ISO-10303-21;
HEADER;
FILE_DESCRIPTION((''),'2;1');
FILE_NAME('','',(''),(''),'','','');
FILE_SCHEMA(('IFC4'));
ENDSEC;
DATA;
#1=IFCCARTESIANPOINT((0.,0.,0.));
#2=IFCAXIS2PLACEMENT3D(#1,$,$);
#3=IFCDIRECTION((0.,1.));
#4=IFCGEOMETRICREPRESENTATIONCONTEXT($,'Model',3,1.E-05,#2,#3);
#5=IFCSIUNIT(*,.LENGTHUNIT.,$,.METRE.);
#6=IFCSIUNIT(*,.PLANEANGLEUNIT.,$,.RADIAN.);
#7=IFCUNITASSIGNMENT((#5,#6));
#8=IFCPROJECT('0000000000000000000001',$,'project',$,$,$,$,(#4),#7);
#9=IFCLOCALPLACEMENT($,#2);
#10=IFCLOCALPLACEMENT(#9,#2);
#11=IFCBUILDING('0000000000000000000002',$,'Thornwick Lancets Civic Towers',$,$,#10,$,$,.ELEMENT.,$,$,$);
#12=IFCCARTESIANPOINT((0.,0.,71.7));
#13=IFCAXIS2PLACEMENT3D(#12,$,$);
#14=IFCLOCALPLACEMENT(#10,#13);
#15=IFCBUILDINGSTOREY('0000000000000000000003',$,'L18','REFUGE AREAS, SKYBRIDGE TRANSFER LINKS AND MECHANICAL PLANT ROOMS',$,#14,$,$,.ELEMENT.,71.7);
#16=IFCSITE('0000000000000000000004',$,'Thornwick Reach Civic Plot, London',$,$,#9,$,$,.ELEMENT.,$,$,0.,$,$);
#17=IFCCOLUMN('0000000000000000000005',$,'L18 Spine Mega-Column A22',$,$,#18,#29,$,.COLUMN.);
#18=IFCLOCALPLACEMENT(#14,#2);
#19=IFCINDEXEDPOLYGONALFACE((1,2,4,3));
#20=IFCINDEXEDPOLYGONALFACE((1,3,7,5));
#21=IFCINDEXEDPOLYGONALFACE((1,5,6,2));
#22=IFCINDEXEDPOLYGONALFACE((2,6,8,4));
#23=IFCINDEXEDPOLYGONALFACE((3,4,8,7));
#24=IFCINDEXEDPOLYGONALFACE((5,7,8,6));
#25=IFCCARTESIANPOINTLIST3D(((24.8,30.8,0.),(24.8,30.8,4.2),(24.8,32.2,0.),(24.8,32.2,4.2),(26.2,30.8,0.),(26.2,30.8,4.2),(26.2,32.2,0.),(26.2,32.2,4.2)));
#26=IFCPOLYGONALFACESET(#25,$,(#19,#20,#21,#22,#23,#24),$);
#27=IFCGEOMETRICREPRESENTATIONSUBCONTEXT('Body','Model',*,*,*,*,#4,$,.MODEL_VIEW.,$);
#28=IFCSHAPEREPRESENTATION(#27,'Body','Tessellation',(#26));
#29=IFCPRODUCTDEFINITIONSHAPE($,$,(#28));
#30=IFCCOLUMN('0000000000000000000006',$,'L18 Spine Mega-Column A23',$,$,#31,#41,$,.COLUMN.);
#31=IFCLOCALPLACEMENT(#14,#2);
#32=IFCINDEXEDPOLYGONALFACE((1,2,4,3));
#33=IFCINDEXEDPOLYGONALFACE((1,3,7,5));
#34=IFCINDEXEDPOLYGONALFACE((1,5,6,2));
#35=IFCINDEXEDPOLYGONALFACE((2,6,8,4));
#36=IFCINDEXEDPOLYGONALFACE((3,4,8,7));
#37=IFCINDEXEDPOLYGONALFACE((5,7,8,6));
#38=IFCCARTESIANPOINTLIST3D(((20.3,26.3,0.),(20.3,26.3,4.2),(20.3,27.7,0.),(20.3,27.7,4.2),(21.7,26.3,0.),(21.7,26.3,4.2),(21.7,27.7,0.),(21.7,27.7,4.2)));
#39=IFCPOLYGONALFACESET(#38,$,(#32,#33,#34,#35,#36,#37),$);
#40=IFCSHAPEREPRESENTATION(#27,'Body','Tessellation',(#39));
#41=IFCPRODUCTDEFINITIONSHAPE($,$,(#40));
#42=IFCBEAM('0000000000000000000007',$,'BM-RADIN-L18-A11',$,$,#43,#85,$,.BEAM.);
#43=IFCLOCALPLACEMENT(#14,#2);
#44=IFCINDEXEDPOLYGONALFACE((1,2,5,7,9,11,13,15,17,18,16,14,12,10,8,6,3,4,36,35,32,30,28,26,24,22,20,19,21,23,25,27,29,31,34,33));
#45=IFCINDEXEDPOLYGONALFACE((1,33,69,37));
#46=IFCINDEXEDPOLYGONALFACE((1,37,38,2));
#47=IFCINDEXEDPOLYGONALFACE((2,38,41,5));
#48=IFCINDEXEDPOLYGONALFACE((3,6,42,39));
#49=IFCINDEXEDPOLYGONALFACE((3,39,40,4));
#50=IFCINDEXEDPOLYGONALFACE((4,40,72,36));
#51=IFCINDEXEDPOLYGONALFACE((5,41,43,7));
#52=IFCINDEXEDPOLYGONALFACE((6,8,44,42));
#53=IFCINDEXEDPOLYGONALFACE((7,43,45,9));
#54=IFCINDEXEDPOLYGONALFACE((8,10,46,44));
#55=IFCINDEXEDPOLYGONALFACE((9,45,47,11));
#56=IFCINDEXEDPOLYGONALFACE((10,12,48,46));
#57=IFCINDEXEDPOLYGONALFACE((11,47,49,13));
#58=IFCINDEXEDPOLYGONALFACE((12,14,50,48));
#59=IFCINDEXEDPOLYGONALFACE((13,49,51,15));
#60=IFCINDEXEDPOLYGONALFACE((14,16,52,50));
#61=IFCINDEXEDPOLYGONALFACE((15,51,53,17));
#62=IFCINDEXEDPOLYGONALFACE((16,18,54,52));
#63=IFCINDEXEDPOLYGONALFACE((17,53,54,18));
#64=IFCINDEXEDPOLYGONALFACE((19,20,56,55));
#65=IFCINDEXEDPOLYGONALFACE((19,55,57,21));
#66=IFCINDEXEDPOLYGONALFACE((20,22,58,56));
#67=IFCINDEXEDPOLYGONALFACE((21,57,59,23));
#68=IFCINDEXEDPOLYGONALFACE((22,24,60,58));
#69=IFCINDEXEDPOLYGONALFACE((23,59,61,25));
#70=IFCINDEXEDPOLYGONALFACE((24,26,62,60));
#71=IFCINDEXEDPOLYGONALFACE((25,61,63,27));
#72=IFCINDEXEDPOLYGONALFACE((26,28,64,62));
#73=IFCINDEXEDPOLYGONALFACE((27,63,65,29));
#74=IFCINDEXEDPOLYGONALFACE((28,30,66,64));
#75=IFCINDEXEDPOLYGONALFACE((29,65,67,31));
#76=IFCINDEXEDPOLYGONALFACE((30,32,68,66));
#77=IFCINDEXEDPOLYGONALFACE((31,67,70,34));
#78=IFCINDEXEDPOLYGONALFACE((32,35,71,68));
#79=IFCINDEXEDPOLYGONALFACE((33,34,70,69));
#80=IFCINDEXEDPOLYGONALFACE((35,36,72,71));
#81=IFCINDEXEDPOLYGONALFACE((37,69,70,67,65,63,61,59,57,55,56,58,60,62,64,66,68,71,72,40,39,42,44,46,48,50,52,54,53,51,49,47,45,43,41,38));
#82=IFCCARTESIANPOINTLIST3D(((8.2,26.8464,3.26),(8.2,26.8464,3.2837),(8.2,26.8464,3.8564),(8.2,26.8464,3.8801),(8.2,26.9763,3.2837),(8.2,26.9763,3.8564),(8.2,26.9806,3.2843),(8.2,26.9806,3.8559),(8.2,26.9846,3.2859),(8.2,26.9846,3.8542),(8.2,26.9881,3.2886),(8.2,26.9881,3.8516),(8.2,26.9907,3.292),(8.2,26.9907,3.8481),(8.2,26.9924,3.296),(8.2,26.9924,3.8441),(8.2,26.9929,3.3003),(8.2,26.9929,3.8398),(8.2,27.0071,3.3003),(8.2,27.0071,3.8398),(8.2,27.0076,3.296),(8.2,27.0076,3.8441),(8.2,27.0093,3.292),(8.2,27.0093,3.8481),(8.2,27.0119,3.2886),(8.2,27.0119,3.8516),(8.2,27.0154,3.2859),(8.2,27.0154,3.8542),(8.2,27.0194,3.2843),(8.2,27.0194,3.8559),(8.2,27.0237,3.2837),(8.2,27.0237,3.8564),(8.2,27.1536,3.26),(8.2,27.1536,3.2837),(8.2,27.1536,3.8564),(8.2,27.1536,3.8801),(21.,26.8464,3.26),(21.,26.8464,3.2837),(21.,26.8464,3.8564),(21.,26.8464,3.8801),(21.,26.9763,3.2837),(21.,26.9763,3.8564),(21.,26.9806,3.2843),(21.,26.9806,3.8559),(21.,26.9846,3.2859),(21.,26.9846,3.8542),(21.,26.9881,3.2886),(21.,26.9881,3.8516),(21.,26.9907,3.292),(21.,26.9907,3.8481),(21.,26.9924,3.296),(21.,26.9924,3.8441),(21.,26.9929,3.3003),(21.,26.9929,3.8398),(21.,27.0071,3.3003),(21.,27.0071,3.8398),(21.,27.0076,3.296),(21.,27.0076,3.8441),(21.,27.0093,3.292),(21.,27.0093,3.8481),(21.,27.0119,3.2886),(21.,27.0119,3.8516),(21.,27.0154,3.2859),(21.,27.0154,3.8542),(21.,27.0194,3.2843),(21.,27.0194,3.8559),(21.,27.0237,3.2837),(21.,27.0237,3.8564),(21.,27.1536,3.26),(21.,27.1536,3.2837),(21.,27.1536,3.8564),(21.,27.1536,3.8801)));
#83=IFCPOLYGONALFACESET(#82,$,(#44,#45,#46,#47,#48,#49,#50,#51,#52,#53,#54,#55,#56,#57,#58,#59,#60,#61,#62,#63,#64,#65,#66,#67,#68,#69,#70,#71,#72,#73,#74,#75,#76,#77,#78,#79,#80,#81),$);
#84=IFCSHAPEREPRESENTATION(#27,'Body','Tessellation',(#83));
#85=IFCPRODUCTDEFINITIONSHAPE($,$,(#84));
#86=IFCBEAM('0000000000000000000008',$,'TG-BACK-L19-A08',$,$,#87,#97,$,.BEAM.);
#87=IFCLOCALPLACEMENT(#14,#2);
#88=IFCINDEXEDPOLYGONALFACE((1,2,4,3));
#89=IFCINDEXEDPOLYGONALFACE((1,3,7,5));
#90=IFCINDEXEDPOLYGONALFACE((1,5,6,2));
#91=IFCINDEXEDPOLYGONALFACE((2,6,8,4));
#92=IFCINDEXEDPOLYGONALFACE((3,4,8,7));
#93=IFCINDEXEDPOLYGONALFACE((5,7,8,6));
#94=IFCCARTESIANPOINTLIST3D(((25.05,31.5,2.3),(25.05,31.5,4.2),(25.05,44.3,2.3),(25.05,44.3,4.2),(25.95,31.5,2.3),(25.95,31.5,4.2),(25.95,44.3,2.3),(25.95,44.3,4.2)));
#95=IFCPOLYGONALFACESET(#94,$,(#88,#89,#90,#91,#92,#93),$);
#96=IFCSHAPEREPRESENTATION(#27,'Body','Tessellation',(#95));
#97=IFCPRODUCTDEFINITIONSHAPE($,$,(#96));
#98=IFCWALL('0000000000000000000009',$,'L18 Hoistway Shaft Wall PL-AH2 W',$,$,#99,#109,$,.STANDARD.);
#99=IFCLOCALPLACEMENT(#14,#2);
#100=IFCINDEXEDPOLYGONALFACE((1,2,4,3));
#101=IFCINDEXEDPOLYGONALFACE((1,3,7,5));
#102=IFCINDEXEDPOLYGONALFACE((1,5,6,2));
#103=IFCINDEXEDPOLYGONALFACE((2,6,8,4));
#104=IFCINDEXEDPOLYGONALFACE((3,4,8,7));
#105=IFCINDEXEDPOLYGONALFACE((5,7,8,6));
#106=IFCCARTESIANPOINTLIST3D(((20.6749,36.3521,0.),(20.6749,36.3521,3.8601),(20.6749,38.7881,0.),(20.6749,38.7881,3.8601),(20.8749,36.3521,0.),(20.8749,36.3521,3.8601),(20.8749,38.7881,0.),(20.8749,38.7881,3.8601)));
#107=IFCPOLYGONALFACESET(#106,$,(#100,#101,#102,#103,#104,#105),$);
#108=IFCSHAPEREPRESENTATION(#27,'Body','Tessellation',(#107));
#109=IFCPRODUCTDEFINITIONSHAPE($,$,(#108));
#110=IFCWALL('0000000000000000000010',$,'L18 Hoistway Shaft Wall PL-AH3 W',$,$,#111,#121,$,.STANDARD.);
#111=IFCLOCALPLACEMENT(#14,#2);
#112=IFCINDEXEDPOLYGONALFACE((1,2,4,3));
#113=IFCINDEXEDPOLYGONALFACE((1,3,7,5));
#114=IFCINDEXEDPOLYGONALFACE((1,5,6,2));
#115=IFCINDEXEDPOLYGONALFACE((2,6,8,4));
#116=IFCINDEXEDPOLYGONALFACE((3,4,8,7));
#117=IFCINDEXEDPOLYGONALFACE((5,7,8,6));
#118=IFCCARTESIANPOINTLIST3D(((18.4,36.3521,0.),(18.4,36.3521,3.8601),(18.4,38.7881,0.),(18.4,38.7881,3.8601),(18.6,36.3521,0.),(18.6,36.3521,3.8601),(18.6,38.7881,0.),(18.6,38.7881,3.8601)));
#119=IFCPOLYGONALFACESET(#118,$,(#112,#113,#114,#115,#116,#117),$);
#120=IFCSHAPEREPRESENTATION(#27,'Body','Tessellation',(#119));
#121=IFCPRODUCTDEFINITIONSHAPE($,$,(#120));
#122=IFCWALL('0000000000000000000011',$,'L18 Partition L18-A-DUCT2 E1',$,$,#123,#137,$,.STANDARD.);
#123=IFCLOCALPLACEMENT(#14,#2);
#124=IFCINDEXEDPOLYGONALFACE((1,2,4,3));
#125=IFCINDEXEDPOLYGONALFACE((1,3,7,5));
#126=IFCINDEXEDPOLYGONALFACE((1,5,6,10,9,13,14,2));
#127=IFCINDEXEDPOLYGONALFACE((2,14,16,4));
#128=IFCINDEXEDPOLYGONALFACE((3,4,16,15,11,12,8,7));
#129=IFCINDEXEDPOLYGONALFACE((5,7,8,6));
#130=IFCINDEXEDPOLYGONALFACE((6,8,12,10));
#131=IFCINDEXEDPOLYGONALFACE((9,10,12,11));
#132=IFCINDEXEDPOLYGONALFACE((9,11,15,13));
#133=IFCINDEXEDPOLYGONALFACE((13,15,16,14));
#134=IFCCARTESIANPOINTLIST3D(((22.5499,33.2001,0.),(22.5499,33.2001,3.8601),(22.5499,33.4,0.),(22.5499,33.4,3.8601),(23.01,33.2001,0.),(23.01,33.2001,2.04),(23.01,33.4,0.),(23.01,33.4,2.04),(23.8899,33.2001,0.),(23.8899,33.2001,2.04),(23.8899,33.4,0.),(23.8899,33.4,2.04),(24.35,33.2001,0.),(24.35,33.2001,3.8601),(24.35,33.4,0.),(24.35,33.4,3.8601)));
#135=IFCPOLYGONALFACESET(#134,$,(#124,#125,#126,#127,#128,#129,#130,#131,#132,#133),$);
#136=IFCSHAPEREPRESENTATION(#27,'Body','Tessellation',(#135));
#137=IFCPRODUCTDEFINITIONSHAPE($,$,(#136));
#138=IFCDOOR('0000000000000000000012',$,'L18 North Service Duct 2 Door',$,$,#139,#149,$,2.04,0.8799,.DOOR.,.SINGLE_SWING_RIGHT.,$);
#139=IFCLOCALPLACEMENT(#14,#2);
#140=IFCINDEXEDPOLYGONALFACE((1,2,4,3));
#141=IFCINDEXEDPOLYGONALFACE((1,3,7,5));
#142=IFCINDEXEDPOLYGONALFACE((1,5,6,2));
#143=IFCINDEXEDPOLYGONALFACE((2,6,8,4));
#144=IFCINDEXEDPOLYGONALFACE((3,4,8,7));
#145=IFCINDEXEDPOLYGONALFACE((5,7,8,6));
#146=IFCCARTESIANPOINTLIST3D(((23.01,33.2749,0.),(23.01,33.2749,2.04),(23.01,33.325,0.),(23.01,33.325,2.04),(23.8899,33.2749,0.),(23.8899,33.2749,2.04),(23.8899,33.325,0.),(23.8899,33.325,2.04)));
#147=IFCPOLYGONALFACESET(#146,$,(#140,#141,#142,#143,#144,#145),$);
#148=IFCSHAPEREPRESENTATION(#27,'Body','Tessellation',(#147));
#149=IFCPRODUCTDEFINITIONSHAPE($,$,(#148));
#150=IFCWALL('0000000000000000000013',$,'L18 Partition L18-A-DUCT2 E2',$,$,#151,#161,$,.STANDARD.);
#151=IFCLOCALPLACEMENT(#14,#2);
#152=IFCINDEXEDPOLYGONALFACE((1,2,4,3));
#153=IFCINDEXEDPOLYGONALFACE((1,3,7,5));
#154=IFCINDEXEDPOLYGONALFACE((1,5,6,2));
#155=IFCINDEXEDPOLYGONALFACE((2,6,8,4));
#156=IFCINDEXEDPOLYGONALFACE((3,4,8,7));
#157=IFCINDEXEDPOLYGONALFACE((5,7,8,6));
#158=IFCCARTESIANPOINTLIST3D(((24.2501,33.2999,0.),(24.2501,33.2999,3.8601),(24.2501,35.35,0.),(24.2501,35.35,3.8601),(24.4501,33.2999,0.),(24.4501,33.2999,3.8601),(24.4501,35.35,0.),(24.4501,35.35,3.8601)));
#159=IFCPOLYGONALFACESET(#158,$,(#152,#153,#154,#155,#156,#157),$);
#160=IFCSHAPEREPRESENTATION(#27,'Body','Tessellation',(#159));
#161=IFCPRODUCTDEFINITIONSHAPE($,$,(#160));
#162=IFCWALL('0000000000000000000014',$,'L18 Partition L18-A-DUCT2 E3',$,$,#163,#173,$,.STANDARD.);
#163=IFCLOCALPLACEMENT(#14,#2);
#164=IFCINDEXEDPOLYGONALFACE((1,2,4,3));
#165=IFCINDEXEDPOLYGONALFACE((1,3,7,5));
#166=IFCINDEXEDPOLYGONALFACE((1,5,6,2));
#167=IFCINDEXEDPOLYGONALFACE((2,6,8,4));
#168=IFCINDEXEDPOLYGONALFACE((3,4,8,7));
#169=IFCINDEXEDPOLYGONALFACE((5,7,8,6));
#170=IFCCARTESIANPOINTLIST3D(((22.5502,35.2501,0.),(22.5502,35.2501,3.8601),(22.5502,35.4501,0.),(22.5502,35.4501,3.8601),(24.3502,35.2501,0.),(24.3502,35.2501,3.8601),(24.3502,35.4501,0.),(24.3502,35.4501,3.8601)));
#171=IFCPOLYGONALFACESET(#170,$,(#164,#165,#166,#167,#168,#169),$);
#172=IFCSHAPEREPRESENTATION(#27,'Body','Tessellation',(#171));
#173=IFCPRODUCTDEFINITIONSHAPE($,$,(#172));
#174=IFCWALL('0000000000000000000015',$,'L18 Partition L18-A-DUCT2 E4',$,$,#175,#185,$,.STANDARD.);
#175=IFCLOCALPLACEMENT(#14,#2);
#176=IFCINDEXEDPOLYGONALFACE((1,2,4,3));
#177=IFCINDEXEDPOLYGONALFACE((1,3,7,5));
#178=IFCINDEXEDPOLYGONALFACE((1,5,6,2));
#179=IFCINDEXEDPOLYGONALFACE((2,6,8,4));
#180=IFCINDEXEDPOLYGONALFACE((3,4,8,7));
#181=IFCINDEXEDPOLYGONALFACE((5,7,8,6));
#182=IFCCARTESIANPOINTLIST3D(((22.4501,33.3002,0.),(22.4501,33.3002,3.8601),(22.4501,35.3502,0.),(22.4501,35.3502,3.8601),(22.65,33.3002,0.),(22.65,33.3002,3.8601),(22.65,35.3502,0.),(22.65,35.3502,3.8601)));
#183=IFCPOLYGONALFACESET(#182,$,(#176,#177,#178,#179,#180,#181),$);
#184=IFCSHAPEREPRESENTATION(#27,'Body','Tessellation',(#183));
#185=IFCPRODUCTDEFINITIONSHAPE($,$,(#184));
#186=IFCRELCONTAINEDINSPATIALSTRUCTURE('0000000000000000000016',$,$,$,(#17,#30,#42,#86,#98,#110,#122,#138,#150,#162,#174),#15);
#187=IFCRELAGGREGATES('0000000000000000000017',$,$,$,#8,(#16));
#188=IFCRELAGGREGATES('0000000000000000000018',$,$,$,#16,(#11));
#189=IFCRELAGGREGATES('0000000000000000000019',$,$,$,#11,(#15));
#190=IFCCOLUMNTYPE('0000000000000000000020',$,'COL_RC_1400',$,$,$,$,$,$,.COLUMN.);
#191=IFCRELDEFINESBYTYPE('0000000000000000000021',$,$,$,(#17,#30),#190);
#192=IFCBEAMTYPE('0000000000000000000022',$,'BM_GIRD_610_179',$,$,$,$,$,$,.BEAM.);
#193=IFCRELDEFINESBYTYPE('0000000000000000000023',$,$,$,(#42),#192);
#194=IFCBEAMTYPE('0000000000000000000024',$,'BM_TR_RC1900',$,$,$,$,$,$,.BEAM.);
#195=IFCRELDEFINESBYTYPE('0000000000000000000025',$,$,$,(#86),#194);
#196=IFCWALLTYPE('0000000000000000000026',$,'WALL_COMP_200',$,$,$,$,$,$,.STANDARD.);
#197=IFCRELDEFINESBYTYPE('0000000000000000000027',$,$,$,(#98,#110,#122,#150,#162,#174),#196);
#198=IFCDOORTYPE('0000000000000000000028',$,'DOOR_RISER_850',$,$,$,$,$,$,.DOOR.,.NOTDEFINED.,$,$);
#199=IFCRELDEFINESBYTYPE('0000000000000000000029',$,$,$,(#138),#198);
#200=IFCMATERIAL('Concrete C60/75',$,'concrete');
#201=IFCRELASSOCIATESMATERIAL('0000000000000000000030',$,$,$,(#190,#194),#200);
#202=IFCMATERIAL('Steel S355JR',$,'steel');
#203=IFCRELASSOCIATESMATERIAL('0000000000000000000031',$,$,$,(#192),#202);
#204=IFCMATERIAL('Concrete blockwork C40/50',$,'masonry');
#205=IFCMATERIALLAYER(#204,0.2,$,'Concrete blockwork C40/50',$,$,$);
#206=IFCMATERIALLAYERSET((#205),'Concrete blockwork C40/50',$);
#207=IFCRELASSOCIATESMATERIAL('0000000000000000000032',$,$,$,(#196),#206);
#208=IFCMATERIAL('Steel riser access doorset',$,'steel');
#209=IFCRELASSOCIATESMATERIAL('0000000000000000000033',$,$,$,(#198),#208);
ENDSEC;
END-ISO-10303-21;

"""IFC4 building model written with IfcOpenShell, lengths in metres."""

from ifc_helpers import new_model, si_unit, direction, frame, frame_2d, origin, origin_2d, place, context, subcontext, project, spatial, rectangle, i_section, extrude, material, layer, layer_set, material_profile, profile_set, type_object, element, fill, save


model = new_model("IFC4")

# Units and contexts
model_context = context("Model", 3, precision=1e-05, world=origin(), true_north=direction((0.0, 1.0)))
body_context = subcontext(model_context, "Body", "Model", "MODEL_VIEW")
ifc_project = project(units=[si_unit("LENGTHUNIT", "METRE"), si_unit("PLANEANGLEUNIT", "RADIAN")], contexts=[model_context])

# Site, building, storey
site_placement = place(None, origin())
site = spatial("IfcSite", under=ifc_project, at=site_placement, Name="Thornwick Reach Civic Plot, London", CompositionType="ELEMENT", RefElevation=0.0)
building_placement = place(site_placement, origin())
building = spatial("IfcBuilding", under=site, at=building_placement, Name="Thornwick Lancets Civic Towers", CompositionType="ELEMENT")
storey_placement = place(building_placement, frame((0.0, 0.0, 71.7)))
storey = spatial("IfcBuildingStorey", under=building, at=storey_placement, Name="L18", Description="REFUGE AREAS, SKYBRIDGE TRANSFER LINKS AND MECHANICAL PLANT ROOMS", CompositionType="ELEMENT", Elevation=71.7)

# Columns
ifc_material_1 = material(Name="Concrete C60/75", Category="concrete")
ifc_material_profile_1 = material_profile(ifc_material_1, rectangle(XDim=1.3999, YDim=1.3999, at=origin_2d()), Name="RC 1400x1400")
ifc_profile_set_1 = profile_set([ifc_material_profile_1], Name="Concrete C60/75")
column_type = type_object("IfcColumnType", Name="COL_RC_1400", PredefinedType="COLUMN", material=ifc_profile_set_1)
for number, where, z_axis, x_axis, name in (
    (1, (25.5, 31.5, 0.0), (0.0, 0.0, 1.0), (1.0, 0.0, 0.0), "L18 Spine Mega-Column A22"),
    (2, (21.0, 27.0, 0.0), (0.0, 0.0, 1.0), (1.0, 0.0, 0.0), "L18 Spine Mega-Column A23"),
):
    element("IfcColumn", number, at=place(storey_placement, frame(where, z_axis=z_axis, x_axis=x_axis)), inside=storey, type_object=column_type, Name=name, PredefinedType="COLUMN", context=body_context, shape_type="SweptSolid", body=[
        extrude(rectangle(XDim=1.3999, YDim=1.3999, at=origin_2d()), origin(), (0.0, 0.0, 1.0), 4.2),
    ])

# Beams
ifc_material_2 = material(Name="Steel S355JR", Category="steel")
ifc_material_profile_2 = material_profile(ifc_material_2, i_section(OverallWidth=0.3071, OverallDepth=0.6201, WebThickness=0.0142, FlangeThickness=0.0237, FilletRadius=0.0166, at=origin_2d()), Name="UKB 610x305x179")
ifc_profile_set_2 = profile_set([ifc_material_profile_2], Name="Steel S355JR")
beam_type_1 = type_object("IfcBeamType", Name="BM_GIRD_610_179", PredefinedType="BEAM", material=ifc_profile_set_2)
beam_1_placement = place(storey_placement, frame((21.0, 27.0, 3.5701), z_axis=(-1.0, 0.0, 0.0), x_axis=(0.0, -1.0, 0.0)))
element("IfcBeam", 3, at=beam_1_placement, inside=storey, type_object=beam_type_1, Name="BM-RADIN-L18-A11", PredefinedType="BEAM", context=body_context, shape_type="SweptSolid", body=[
    extrude(i_section(OverallWidth=0.3071, OverallDepth=0.6201, WebThickness=0.0142, FlangeThickness=0.0237, FilletRadius=0.0166, at=origin_2d()), origin(), (0.0, 0.0, 1.0), 12.8),
])
ifc_material_profile_3 = material_profile(ifc_material_1, rectangle(XDim=0.8999, YDim=1.8999, at=origin_2d()), Name="RC 900x1900")
ifc_profile_set_3 = profile_set([ifc_material_profile_3], Name="Concrete C60/75")
beam_type_2 = type_object("IfcBeamType", Name="BM_TR_RC1900", PredefinedType="BEAM", material=ifc_profile_set_3)
beam_2_placement = place(storey_placement, frame((25.5, 31.5, 3.25), z_axis=(0.0, 1.0, 0.0), x_axis=(-1.0, 0.0, 0.0)))
element("IfcBeam", 4, at=beam_2_placement, inside=storey, type_object=beam_type_2, Name="TG-BACK-L19-A08", PredefinedType="BEAM", context=body_context, shape_type="SweptSolid", body=[
    extrude(rectangle(XDim=0.8999, YDim=1.8999, at=origin_2d()), origin(), (0.0, 0.0, 1.0), 12.8),
])

# Walls
ifc_material_3 = material(Name="Concrete blockwork C40/50", Category="masonry")
ifc_layer_1 = layer(ifc_material_3, 0.2, Name="Concrete blockwork C40/50")
ifc_layer_set_1 = layer_set([ifc_layer_1], Name="Concrete blockwork C40/50")
wall_type_1 = type_object("IfcWallType", Name="WALL_COMP_200", PredefinedType="STANDARD", material=ifc_layer_set_1)
for number, where, z_axis, x_axis, name in (
    (5, (20.7749, 36.3521, 0.0), (0.0, 0.0, 1.0), (0.0, 1.0, 0.0), "L18 Hoistway Shaft Wall PL-AH2 W"),
    (6, (18.5, 36.3521, 0.0), (0.0, 0.0, 1.0), (0.0, 1.0, 0.0), "L18 Hoistway Shaft Wall PL-AH3 W"),
):
    element("IfcWall", number, at=place(storey_placement, frame(where, z_axis=z_axis, x_axis=x_axis)), inside=storey, type_object=wall_type_1, Name=name, PredefinedType="STANDARD", context=body_context, shape_type="SweptSolid", body=[
        extrude(rectangle(XDim=2.436, YDim=0.2, at=frame_2d((1.218, 0.0))), origin(), (0.0, 0.0, 1.0), 3.8601),
    ])

# Wall, opening, door
wall_1_placement = place(storey_placement, frame((22.55, 33.3, 0.0), z_axis=(0.0, 0.0, 1.0), x_axis=(1.0, 0.0, 0.0)))
wall_1 = element("IfcWall", 7, at=wall_1_placement, inside=storey, type_object=wall_type_1, Name="L18 Partition L18-A-DUCT2 E1", PredefinedType="STANDARD", context=body_context, shape_type="SweptSolid", body=[
    extrude(rectangle(XDim=1.8, YDim=0.2, at=frame_2d((0.8999, 0.0))), origin(), (0.0, 0.0, 1.0), 3.8601),
])
opening_1_placement = place(wall_1_placement, frame((0.46, 0.0, 0.0)))
opening_1 = element("IfcOpeningElement", 8, at=opening_1_placement, cuts=wall_1, PredefinedType="OPENING", context=body_context, shape_type="SweptSolid", body=[
    extrude(rectangle(XDim=0.8799, YDim=2.04, at=frame_2d((0.4399, 1.02))), frame((0.0, 0.1099, 0.0), z_axis=(0.0, -1.0, 0.0), x_axis=(1.0, 0.0, 0.0)), (0.0, 0.0, 1.0), 0.22),
])
ifc_material_4 = material(Name="Steel riser access doorset", Category="steel")
door_type_1 = type_object("IfcDoorType", Name="DOOR_RISER_850", OperationType="NOTDEFINED", PredefinedType="DOOR", material=ifc_material_4)
door_1_placement = place(opening_1_placement, origin())
door_1 = element("IfcDoor", 9, at=door_1_placement, inside=storey, type_object=door_type_1, Name="L18 North Service Duct 2 Door", OperationType="SINGLE_SWING_RIGHT", OverallHeight=2.04, OverallWidth=0.8799, PredefinedType="DOOR", context=body_context, shape_type="SweptSolid", body=[
    extrude(rectangle(XDim=0.8799, YDim=2.04, at=frame_2d((0.4399, 1.02))), frame((0.0, 0.0249, 0.0), z_axis=(0.0, -1.0, 0.0), x_axis=(1.0, 0.0, 0.0)), (0.0, 0.0, 1.0), 0.05),
])
fill(opening_1, door_1)

# Walls
wall_2_placement = place(storey_placement, frame((24.3501, 33.3, 0.0), z_axis=(0.0, 0.0, 1.0), x_axis=(0.0, 1.0, 0.0)))
element("IfcWall", 10, at=wall_2_placement, inside=storey, type_object=wall_type_1, Name="L18 Partition L18-A-DUCT2 E2", PredefinedType="STANDARD", context=body_context, shape_type="SweptSolid", body=[
    extrude(rectangle(XDim=2.05, YDim=0.2, at=frame_2d((1.0249, 0.0))), origin(), (0.0, 0.0, 1.0), 3.8601),
])
wall_3_placement = place(storey_placement, frame((24.3501, 35.3501, 0.0), z_axis=(0.0, 0.0, 1.0), x_axis=(-1.0, 0.0, 0.0)))
element("IfcWall", 11, at=wall_3_placement, inside=storey, type_object=wall_type_1, Name="L18 Partition L18-A-DUCT2 E3", PredefinedType="STANDARD", context=body_context, shape_type="SweptSolid", body=[
    extrude(rectangle(XDim=1.8, YDim=0.2, at=frame_2d((0.8999, 0.0))), origin(), (0.0, 0.0, 1.0), 3.8601),
])
wall_4_placement = place(storey_placement, frame((22.55, 35.3501, 0.0), z_axis=(0.0, 0.0, 1.0), x_axis=(0.0, -1.0, 0.0)))
element("IfcWall", 12, at=wall_4_placement, inside=storey, type_object=wall_type_1, Name="L18 Partition L18-A-DUCT2 E4", PredefinedType="STANDARD", context=body_context, shape_type="SweptSolid", body=[
    extrude(rectangle(XDim=2.05, YDim=0.2, at=frame_2d((1.0249, 0.0))), origin(), (0.0, 0.0, 1.0), 3.8601),
])

save(model, "model.ifc")
